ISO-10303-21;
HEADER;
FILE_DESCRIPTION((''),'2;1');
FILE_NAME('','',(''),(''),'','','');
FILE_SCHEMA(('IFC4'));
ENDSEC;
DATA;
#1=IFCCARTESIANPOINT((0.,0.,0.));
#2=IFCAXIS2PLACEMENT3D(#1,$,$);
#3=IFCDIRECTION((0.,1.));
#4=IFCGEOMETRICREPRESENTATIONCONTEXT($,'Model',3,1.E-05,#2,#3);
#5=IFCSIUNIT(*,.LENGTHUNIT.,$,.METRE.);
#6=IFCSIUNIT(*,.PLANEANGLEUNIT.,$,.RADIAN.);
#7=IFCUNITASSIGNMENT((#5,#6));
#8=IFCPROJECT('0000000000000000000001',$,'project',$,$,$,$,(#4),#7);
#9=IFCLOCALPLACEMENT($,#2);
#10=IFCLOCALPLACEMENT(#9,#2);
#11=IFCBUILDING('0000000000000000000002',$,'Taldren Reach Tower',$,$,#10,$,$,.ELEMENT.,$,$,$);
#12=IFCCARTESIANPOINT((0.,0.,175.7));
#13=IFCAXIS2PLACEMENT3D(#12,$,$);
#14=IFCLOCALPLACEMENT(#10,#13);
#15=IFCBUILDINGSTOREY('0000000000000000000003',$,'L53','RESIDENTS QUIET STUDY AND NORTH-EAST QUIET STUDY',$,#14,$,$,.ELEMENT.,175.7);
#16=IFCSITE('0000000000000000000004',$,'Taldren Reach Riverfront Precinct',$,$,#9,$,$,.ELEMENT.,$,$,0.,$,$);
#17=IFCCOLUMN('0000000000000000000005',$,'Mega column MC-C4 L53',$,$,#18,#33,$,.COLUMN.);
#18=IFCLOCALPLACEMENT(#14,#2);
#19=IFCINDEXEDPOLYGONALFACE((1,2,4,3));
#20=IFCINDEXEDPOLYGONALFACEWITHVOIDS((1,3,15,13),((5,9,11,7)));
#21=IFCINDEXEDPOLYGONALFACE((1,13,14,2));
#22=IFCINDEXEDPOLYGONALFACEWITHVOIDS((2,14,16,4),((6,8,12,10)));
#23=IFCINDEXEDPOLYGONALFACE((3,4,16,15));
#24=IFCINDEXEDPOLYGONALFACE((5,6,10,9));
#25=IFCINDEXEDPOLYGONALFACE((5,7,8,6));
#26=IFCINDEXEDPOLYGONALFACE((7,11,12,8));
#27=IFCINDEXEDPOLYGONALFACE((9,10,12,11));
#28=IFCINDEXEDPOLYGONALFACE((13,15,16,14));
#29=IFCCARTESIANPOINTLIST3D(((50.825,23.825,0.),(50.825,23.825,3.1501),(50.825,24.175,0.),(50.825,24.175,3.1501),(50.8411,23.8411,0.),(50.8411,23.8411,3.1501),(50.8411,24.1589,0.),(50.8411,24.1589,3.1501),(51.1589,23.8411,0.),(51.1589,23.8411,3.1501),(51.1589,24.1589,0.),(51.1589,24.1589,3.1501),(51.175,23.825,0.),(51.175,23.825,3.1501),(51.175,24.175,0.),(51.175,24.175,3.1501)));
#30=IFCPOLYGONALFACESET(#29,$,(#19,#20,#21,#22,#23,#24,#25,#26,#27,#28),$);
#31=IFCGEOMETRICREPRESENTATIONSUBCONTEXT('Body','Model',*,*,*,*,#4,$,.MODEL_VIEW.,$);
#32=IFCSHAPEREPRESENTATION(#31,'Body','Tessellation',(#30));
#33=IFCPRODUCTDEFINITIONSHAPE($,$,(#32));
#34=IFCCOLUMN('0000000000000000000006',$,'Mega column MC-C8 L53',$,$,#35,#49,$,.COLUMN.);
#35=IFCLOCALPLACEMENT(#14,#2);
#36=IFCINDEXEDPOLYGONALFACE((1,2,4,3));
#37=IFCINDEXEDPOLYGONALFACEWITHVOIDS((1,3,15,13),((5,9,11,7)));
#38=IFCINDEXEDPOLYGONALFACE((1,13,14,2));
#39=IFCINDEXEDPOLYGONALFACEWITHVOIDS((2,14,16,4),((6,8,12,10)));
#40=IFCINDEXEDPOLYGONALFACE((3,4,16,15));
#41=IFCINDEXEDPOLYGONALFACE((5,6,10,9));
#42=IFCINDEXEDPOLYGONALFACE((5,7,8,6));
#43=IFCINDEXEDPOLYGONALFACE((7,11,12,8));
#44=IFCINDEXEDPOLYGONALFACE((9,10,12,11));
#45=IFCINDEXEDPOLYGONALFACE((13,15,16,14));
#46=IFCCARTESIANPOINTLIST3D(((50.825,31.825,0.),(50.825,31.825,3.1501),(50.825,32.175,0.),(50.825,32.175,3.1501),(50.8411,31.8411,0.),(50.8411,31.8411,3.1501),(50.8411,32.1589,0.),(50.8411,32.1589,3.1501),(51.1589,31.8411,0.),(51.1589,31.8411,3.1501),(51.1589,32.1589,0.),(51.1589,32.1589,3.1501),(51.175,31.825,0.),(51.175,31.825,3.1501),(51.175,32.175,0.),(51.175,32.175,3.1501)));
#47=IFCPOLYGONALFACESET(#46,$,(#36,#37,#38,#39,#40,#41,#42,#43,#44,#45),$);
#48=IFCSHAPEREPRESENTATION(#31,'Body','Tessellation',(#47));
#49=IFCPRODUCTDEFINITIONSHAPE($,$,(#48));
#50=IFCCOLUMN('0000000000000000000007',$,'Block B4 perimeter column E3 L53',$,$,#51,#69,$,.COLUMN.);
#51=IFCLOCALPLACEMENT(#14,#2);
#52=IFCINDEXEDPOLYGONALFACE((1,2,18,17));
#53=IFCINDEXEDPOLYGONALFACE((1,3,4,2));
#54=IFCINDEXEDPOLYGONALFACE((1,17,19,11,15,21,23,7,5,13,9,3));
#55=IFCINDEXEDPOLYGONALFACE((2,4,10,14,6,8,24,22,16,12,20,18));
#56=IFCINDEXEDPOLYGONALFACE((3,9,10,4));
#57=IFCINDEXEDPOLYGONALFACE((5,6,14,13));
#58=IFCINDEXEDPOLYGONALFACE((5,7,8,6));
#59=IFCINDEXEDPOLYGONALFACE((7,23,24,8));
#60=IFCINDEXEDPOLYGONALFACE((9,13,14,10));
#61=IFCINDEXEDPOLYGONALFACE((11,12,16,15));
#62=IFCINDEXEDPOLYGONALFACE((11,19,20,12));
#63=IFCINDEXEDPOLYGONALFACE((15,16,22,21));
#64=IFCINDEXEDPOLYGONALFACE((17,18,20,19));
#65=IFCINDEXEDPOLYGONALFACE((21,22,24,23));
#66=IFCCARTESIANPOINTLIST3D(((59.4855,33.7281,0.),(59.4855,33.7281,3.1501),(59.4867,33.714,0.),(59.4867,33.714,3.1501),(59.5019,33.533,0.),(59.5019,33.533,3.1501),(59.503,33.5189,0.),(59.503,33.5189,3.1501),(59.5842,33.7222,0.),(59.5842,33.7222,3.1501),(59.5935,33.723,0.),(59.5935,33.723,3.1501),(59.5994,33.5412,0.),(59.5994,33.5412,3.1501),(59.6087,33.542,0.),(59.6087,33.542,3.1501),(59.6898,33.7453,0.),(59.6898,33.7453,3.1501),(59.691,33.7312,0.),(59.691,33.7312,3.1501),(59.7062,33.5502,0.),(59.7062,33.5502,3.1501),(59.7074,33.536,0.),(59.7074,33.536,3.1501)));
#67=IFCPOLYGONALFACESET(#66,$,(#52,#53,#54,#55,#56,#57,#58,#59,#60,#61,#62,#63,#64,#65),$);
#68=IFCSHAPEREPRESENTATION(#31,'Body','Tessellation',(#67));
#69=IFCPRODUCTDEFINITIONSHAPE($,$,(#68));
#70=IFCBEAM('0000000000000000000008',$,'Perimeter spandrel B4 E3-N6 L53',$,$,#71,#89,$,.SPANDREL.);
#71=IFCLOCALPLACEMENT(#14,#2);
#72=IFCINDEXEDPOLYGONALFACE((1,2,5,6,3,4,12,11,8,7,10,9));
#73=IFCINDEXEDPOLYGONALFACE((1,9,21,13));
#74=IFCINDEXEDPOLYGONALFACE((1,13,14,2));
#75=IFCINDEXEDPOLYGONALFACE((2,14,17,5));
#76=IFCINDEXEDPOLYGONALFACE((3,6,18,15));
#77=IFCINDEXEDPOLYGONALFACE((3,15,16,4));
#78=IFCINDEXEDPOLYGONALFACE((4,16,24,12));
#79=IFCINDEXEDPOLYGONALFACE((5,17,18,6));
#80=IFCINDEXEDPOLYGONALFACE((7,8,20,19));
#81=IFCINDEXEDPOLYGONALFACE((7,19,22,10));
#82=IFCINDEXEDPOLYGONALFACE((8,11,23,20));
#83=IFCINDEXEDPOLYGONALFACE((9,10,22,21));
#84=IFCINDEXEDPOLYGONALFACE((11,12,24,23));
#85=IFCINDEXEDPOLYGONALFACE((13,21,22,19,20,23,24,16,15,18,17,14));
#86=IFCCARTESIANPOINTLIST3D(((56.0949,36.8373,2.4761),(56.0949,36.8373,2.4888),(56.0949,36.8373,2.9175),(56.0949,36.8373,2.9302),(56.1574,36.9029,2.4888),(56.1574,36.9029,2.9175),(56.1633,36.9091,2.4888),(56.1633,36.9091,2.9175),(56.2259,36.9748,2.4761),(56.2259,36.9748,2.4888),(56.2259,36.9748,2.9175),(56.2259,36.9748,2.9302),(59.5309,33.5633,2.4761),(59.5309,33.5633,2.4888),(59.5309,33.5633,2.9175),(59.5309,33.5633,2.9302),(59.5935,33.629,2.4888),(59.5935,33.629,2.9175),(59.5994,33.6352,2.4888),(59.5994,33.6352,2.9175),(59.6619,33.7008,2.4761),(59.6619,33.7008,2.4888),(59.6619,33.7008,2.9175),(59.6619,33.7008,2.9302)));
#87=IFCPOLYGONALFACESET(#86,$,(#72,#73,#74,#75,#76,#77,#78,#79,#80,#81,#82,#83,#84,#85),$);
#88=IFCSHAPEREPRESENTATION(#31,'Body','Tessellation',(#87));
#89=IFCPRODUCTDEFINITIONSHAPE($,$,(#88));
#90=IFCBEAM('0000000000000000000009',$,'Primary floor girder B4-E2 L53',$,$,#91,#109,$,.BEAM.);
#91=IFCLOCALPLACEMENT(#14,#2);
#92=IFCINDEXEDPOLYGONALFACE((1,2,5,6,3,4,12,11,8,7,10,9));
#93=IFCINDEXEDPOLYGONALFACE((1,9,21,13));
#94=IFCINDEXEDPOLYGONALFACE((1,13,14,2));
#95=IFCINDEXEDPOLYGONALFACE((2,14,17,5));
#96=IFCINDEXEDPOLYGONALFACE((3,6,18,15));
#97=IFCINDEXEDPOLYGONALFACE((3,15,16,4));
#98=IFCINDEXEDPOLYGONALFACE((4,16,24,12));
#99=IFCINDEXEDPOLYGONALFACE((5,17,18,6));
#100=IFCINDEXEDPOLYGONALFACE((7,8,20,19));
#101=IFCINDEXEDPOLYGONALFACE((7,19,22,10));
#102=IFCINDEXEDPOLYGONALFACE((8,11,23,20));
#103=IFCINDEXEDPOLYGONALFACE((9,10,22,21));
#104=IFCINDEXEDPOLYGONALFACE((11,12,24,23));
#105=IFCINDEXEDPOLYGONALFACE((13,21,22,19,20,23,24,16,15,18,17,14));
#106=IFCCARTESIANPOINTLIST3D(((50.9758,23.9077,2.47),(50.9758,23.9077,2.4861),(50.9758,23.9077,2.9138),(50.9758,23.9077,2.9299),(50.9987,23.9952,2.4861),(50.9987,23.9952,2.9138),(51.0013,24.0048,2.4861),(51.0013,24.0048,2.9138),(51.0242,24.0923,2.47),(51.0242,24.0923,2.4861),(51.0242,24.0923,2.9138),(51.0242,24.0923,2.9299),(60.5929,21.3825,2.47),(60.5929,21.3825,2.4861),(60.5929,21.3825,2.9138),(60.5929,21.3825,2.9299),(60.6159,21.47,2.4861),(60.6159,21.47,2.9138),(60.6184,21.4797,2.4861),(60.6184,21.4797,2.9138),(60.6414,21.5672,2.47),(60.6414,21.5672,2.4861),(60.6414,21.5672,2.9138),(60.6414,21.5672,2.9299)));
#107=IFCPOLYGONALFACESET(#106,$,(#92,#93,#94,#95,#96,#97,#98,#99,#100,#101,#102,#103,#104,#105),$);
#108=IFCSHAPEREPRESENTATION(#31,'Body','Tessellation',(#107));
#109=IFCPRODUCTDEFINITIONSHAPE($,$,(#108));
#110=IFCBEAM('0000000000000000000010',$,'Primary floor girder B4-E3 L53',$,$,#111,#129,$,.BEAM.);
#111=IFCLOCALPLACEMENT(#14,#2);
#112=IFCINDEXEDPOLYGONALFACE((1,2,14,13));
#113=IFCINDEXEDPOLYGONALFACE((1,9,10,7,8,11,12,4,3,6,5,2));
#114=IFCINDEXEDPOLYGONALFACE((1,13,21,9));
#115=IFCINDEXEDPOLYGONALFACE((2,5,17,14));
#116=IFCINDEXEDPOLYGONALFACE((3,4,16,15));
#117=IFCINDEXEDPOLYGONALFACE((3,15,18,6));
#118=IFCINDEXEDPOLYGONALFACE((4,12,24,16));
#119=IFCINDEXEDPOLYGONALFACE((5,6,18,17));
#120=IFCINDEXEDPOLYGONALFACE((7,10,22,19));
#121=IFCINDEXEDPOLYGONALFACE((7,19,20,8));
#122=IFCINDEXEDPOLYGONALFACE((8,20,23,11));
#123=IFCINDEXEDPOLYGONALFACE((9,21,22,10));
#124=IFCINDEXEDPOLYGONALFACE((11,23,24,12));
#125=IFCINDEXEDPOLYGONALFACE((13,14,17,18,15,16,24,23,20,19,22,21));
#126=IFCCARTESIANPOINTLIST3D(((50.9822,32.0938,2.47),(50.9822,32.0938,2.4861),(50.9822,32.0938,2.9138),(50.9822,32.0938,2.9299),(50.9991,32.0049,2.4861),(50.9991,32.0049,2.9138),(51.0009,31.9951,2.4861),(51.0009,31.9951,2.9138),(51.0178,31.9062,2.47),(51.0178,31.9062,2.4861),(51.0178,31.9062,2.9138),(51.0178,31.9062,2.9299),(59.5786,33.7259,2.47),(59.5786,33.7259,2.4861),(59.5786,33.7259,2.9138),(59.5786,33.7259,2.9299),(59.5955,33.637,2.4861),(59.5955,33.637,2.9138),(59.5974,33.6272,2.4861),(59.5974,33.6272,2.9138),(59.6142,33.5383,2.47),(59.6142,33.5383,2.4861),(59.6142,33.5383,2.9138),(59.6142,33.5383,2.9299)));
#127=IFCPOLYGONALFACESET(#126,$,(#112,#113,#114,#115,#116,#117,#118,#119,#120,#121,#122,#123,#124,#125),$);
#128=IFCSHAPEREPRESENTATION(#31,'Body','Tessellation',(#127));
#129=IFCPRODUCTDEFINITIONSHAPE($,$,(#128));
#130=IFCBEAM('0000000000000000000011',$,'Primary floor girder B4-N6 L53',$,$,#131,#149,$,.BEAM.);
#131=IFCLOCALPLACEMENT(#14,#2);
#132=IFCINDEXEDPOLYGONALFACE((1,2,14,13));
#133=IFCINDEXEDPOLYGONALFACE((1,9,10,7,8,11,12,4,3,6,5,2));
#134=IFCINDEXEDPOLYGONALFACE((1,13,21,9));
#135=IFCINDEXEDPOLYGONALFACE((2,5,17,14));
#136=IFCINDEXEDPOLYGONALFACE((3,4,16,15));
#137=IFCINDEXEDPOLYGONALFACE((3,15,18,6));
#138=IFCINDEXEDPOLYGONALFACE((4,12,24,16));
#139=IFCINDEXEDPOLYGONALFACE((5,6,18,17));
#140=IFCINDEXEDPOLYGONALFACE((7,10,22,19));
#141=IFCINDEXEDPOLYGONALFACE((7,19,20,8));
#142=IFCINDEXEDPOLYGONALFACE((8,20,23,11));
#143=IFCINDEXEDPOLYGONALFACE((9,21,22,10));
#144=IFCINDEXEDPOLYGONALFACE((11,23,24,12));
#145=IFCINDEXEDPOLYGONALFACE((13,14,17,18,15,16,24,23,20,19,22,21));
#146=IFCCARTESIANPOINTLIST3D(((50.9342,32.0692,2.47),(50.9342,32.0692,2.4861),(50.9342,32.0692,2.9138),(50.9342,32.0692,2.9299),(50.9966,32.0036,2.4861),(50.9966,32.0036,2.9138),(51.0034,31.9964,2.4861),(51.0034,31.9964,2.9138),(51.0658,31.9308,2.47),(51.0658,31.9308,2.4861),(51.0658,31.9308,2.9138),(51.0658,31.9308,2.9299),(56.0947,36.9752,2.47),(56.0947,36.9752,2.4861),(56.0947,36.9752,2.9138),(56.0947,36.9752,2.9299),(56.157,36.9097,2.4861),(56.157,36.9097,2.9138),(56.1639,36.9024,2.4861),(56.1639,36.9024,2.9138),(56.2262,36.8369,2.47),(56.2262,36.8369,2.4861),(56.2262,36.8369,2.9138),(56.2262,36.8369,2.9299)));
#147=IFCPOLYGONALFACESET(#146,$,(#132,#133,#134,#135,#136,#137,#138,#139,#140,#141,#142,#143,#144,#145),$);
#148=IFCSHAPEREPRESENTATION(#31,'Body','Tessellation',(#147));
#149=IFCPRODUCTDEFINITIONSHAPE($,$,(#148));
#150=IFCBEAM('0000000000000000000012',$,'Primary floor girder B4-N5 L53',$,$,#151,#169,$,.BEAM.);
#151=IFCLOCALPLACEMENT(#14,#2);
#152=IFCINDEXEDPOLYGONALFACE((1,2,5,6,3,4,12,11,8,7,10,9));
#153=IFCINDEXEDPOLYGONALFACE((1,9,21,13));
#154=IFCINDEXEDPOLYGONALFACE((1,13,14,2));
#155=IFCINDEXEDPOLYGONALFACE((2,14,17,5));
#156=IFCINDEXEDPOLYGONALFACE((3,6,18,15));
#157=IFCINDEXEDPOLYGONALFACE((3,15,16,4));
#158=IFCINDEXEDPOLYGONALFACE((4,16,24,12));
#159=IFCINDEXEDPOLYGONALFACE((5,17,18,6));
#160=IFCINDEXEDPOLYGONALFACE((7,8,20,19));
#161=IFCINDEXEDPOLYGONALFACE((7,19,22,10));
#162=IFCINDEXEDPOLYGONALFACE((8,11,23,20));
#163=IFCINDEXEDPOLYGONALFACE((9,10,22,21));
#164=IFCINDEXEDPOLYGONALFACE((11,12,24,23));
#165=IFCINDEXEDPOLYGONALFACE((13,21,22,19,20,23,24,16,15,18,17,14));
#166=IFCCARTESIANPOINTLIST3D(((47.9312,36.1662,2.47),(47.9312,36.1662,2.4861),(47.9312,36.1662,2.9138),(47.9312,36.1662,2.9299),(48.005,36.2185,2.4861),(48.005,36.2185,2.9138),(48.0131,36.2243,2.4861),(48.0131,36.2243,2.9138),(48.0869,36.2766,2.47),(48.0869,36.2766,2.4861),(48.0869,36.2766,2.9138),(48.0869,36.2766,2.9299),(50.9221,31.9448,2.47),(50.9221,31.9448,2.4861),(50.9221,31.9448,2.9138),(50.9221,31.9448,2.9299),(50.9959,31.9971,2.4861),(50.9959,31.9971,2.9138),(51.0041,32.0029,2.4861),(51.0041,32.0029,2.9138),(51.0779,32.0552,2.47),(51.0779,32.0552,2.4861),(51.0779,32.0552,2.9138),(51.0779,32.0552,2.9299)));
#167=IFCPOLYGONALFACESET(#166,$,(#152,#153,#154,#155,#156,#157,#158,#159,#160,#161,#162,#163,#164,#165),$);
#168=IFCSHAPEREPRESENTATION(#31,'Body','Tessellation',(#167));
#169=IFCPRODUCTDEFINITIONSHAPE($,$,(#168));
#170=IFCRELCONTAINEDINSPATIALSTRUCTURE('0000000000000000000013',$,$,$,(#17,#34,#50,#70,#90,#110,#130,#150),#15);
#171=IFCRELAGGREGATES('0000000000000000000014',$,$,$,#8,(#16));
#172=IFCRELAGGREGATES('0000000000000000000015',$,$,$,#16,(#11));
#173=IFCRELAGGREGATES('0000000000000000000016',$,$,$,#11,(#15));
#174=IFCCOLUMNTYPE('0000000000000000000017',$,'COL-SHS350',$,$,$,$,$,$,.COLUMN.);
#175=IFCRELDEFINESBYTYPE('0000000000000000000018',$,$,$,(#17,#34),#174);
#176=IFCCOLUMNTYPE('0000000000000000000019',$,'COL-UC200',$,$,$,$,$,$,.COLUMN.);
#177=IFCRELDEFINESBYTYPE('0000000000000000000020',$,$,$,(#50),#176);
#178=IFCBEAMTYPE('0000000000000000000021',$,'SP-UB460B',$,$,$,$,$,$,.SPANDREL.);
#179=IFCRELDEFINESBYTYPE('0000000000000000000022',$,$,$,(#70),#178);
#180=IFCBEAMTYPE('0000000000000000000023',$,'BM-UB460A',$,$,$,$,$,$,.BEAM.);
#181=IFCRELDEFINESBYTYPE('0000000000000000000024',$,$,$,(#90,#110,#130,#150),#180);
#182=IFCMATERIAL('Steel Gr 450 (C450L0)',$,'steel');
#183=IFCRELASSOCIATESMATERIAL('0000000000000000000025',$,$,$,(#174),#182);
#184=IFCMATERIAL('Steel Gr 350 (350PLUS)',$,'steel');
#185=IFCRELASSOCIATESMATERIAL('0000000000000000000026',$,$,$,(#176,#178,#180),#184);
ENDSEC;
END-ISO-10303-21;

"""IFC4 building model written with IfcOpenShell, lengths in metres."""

from ifc_helpers import new_model, si_unit, direction, frame, origin, origin_2d, place, context, subcontext, project, spatial, hollow_rectangle, i_section, extrude, source, transform, mapped, material, material_profile, profile_set, type_object, element, save


model = new_model("IFC4")

# Units and contexts
model_context = context("Model", 3, precision=1e-05, world=origin(), true_north=direction((0.0, 1.0)))
body_context = subcontext(model_context, "Body", "Model", "MODEL_VIEW")
ifc_project = project(units=[si_unit("LENGTHUNIT", "METRE"), si_unit("PLANEANGLEUNIT", "RADIAN")], contexts=[model_context])

# Site, building, storey
site_placement = place(None, origin())
site = spatial("IfcSite", under=ifc_project, at=site_placement, Name="Taldren Reach Riverfront Precinct", CompositionType="ELEMENT", RefElevation=0.0)
building_placement = place(site_placement, origin())
building = spatial("IfcBuilding", under=site, at=building_placement, Name="Taldren Reach Tower", CompositionType="ELEMENT")
storey_placement = place(building_placement, frame((0.0, 0.0, 175.7)))
storey = spatial("IfcBuildingStorey", under=building, at=storey_placement, Name="L53", Description="RESIDENTS QUIET STUDY AND NORTH-EAST QUIET STUDY", CompositionType="ELEMENT", Elevation=175.7)

# Columns
ifc_material_1 = material(Name="Steel Gr 450 (C450L0)", Category="steel")
ifc_material_profile_1 = material_profile(ifc_material_1, hollow_rectangle(XDim=0.3501, YDim=0.3501, WallThickness=0.0161, at=origin_2d()), Name="350x350x16.0SHS")
ifc_profile_set_1 = profile_set([ifc_material_profile_1], Name="Steel Gr 450 (C450L0)")
column_type_1 = type_object("IfcColumnType", Name="COL-SHS350", PredefinedType="COLUMN", material=ifc_profile_set_1)
shared_shape_1 = source(origin(), body_context, "Body", "SweptSolid", [
    extrude(hollow_rectangle(XDim=0.3501, YDim=0.3501, WallThickness=0.0161, at=origin_2d()), origin(), (0.0, 0.0, 1.0), 3.1501),
])
for number, where, z_axis, x_axis, name in (
    (1, (51.0, 24.0, 0.0), (0.0, 0.0, 1.0), (1.0, 0.0, 0.0), "Mega column MC-C4 L53"),
    (2, (51.0, 32.0, 0.0), (0.0, 0.0, 1.0), (1.0, 0.0, 0.0), "Mega column MC-C8 L53"),
):
    element("IfcColumn", number, at=place(storey_placement, frame(where, z_axis=z_axis, x_axis=x_axis)), inside=storey, type_object=column_type_1, Name=name, PredefinedType="COLUMN", context=body_context, shape_type="MappedRepresentation", body=[
        mapped(shared_shape_1, transform((0.0, 0.0, 0.0), scale=1.0)),
    ])
ifc_material_2 = material(Name="Steel Gr 350 (350PLUS)", Category="steel")
ifc_material_profile_2 = material_profile(ifc_material_2, i_section(OverallWidth=0.2051, OverallDepth=0.21, WebThickness=0.0093, FlangeThickness=0.0142, at=origin_2d()), Name="200UC59.5")
ifc_profile_set_2 = profile_set([ifc_material_profile_2], Name="Steel Gr 350 (350PLUS)")
column_type_2 = type_object("IfcColumnType", Name="COL-UC200", PredefinedType="COLUMN", material=ifc_profile_set_2)
shared_shape_2 = source(origin(), body_context, "Body", "SweptSolid", [
    extrude(i_section(OverallWidth=0.2051, OverallDepth=0.21, WebThickness=0.0093, FlangeThickness=0.0142, at=origin_2d()), origin(), (0.0, 0.0, 1.0), 3.1501),
])
column_placement = place(storey_placement, frame((59.5964, 33.6321, 0.0), z_axis=(0.0, 0.0, 1.0), x_axis=(0.996493, 0.083678, 0.0)))
element("IfcColumn", 3, at=column_placement, inside=storey, type_object=column_type_2, Name="Block B4 perimeter column E3 L53", PredefinedType="COLUMN", context=body_context, shape_type="MappedRepresentation", body=[
    mapped(shared_shape_2, transform((0.0, 0.0, 0.0), scale=1.0)),
])

# Beams
ifc_material_profile_3 = material_profile(ifc_material_2, i_section(OverallWidth=0.1899, OverallDepth=0.4541, WebThickness=0.0085, FlangeThickness=0.0127, at=origin_2d()), Name="460UB67.1")
ifc_profile_set_3 = profile_set([ifc_material_profile_3], Name="Steel Gr 350 (350PLUS)")
beam_type_1 = type_object("IfcBeamType", Name="SP-UB460B", PredefinedType="SPANDREL", material=ifc_profile_set_3)
shared_shape_3 = source(origin(), body_context, "Body", "SweptSolid", [
    extrude(i_section(OverallWidth=0.1899, OverallDepth=0.4541, WebThickness=0.0085, FlangeThickness=0.0127, at=origin_2d()), origin(), (0.0, 0.0, 1.0), 4.7461),
])
beam_1_placement = place(storey_placement, frame((59.5964, 33.6321, 2.7031), z_axis=(-0.723979, 0.689822, 0.0), x_axis=(-0.689822, -0.723979, 0.0)))
element("IfcBeam", 4, at=beam_1_placement, inside=storey, type_object=beam_type_1, Name="Perimeter spandrel B4 E3-N6 L53", PredefinedType="SPANDREL", context=body_context, shape_type="MappedRepresentation", body=[
    mapped(shared_shape_3, transform((0.0, 0.0, 0.0), scale=1.0)),
])
ifc_material_profile_4 = material_profile(ifc_material_2, i_section(OverallWidth=0.1909, OverallDepth=0.46, WebThickness=0.01, FlangeThickness=0.0161, at=origin_2d()), Name="460UB82.1")
ifc_profile_set_4 = profile_set([ifc_material_profile_4], Name="Steel Gr 350 (350PLUS)")
beam_type_2 = type_object("IfcBeamType", Name="BM-UB460A", PredefinedType="BEAM", material=ifc_profile_set_4)
shared_shape_4 = source(origin(), body_context, "Body", "SweptSolid", [
    extrude(i_section(OverallWidth=0.1909, OverallDepth=0.46, WebThickness=0.01, FlangeThickness=0.0161, at=origin_2d()), origin(), (0.0, 0.0, 1.0), 9.9431),
])
beam_2_placement = place(storey_placement, frame((51.0, 24.0, 2.7), z_axis=(0.967215, -0.253958, 0.0), x_axis=(0.253958, 0.967215, 0.0)))
element("IfcBeam", 5, at=beam_2_placement, inside=storey, type_object=beam_type_2, Name="Primary floor girder B4-E2 L53", PredefinedType="BEAM", context=body_context, shape_type="MappedRepresentation", body=[
    mapped(shared_shape_4, transform((0.0, 0.0, 0.0), scale=1.0)),
])
shared_shape_5 = source(origin(), body_context, "Body", "SweptSolid", [
    extrude(i_section(OverallWidth=0.1909, OverallDepth=0.46, WebThickness=0.01, FlangeThickness=0.0161, at=origin_2d()), origin(), (0.0, 0.0, 1.0), 8.75),
])
beam_3_placement = place(storey_placement, frame((51.0, 32.0, 2.7), z_axis=(0.98245, 0.186524, 0.0), x_axis=(-0.186524, 0.98245, 0.0)))
element("IfcBeam", 6, at=beam_3_placement, inside=storey, type_object=beam_type_2, Name="Primary floor girder B4-E3 L53", PredefinedType="BEAM", context=body_context, shape_type="MappedRepresentation", body=[
    mapped(shared_shape_5, transform((0.0, 0.0, 0.0), scale=1.0)),
])
shared_shape_6 = source(origin(), body_context, "Body", "SweptSolid", [
    extrude(i_section(OverallWidth=0.1909, OverallDepth=0.46, WebThickness=0.01, FlangeThickness=0.0161, at=origin_2d()), origin(), (0.0, 0.0, 1.0), 7.1204),
])
beam_4_placement = place(storey_placement, frame((51.0, 32.0, 2.7), z_axis=(0.724745, 0.689017, 0.0), x_axis=(-0.689017, 0.724745, 0.0)))
element("IfcBeam", 7, at=beam_4_placement, inside=storey, type_object=beam_type_2, Name="Primary floor girder B4-N6 L53", PredefinedType="BEAM", context=body_context, shape_type="MappedRepresentation", body=[
    mapped(shared_shape_6, transform((0.0, 0.0, 0.0), scale=1.0)),
])
shared_shape_7 = source(origin(), body_context, "Body", "SweptSolid", [
    extrude(i_section(OverallWidth=0.1909, OverallDepth=0.46, WebThickness=0.01, FlangeThickness=0.0161, at=origin_2d()), origin(), (0.0, 0.0, 1.0), 5.1736),
])
beam_5_placement = place(storey_placement, frame((51.0, 32.0, 2.7), z_axis=(-0.578118, 0.815953, 0.0), x_axis=(-0.815953, -0.578118, 0.0)))
element("IfcBeam", 8, at=beam_5_placement, inside=storey, type_object=beam_type_2, Name="Primary floor girder B4-N5 L53", PredefinedType="BEAM", context=body_context, shape_type="MappedRepresentation", body=[
    mapped(shared_shape_7, transform((0.0, 0.0, 0.0), scale=1.0)),
])

save(model, "model.ifc")
